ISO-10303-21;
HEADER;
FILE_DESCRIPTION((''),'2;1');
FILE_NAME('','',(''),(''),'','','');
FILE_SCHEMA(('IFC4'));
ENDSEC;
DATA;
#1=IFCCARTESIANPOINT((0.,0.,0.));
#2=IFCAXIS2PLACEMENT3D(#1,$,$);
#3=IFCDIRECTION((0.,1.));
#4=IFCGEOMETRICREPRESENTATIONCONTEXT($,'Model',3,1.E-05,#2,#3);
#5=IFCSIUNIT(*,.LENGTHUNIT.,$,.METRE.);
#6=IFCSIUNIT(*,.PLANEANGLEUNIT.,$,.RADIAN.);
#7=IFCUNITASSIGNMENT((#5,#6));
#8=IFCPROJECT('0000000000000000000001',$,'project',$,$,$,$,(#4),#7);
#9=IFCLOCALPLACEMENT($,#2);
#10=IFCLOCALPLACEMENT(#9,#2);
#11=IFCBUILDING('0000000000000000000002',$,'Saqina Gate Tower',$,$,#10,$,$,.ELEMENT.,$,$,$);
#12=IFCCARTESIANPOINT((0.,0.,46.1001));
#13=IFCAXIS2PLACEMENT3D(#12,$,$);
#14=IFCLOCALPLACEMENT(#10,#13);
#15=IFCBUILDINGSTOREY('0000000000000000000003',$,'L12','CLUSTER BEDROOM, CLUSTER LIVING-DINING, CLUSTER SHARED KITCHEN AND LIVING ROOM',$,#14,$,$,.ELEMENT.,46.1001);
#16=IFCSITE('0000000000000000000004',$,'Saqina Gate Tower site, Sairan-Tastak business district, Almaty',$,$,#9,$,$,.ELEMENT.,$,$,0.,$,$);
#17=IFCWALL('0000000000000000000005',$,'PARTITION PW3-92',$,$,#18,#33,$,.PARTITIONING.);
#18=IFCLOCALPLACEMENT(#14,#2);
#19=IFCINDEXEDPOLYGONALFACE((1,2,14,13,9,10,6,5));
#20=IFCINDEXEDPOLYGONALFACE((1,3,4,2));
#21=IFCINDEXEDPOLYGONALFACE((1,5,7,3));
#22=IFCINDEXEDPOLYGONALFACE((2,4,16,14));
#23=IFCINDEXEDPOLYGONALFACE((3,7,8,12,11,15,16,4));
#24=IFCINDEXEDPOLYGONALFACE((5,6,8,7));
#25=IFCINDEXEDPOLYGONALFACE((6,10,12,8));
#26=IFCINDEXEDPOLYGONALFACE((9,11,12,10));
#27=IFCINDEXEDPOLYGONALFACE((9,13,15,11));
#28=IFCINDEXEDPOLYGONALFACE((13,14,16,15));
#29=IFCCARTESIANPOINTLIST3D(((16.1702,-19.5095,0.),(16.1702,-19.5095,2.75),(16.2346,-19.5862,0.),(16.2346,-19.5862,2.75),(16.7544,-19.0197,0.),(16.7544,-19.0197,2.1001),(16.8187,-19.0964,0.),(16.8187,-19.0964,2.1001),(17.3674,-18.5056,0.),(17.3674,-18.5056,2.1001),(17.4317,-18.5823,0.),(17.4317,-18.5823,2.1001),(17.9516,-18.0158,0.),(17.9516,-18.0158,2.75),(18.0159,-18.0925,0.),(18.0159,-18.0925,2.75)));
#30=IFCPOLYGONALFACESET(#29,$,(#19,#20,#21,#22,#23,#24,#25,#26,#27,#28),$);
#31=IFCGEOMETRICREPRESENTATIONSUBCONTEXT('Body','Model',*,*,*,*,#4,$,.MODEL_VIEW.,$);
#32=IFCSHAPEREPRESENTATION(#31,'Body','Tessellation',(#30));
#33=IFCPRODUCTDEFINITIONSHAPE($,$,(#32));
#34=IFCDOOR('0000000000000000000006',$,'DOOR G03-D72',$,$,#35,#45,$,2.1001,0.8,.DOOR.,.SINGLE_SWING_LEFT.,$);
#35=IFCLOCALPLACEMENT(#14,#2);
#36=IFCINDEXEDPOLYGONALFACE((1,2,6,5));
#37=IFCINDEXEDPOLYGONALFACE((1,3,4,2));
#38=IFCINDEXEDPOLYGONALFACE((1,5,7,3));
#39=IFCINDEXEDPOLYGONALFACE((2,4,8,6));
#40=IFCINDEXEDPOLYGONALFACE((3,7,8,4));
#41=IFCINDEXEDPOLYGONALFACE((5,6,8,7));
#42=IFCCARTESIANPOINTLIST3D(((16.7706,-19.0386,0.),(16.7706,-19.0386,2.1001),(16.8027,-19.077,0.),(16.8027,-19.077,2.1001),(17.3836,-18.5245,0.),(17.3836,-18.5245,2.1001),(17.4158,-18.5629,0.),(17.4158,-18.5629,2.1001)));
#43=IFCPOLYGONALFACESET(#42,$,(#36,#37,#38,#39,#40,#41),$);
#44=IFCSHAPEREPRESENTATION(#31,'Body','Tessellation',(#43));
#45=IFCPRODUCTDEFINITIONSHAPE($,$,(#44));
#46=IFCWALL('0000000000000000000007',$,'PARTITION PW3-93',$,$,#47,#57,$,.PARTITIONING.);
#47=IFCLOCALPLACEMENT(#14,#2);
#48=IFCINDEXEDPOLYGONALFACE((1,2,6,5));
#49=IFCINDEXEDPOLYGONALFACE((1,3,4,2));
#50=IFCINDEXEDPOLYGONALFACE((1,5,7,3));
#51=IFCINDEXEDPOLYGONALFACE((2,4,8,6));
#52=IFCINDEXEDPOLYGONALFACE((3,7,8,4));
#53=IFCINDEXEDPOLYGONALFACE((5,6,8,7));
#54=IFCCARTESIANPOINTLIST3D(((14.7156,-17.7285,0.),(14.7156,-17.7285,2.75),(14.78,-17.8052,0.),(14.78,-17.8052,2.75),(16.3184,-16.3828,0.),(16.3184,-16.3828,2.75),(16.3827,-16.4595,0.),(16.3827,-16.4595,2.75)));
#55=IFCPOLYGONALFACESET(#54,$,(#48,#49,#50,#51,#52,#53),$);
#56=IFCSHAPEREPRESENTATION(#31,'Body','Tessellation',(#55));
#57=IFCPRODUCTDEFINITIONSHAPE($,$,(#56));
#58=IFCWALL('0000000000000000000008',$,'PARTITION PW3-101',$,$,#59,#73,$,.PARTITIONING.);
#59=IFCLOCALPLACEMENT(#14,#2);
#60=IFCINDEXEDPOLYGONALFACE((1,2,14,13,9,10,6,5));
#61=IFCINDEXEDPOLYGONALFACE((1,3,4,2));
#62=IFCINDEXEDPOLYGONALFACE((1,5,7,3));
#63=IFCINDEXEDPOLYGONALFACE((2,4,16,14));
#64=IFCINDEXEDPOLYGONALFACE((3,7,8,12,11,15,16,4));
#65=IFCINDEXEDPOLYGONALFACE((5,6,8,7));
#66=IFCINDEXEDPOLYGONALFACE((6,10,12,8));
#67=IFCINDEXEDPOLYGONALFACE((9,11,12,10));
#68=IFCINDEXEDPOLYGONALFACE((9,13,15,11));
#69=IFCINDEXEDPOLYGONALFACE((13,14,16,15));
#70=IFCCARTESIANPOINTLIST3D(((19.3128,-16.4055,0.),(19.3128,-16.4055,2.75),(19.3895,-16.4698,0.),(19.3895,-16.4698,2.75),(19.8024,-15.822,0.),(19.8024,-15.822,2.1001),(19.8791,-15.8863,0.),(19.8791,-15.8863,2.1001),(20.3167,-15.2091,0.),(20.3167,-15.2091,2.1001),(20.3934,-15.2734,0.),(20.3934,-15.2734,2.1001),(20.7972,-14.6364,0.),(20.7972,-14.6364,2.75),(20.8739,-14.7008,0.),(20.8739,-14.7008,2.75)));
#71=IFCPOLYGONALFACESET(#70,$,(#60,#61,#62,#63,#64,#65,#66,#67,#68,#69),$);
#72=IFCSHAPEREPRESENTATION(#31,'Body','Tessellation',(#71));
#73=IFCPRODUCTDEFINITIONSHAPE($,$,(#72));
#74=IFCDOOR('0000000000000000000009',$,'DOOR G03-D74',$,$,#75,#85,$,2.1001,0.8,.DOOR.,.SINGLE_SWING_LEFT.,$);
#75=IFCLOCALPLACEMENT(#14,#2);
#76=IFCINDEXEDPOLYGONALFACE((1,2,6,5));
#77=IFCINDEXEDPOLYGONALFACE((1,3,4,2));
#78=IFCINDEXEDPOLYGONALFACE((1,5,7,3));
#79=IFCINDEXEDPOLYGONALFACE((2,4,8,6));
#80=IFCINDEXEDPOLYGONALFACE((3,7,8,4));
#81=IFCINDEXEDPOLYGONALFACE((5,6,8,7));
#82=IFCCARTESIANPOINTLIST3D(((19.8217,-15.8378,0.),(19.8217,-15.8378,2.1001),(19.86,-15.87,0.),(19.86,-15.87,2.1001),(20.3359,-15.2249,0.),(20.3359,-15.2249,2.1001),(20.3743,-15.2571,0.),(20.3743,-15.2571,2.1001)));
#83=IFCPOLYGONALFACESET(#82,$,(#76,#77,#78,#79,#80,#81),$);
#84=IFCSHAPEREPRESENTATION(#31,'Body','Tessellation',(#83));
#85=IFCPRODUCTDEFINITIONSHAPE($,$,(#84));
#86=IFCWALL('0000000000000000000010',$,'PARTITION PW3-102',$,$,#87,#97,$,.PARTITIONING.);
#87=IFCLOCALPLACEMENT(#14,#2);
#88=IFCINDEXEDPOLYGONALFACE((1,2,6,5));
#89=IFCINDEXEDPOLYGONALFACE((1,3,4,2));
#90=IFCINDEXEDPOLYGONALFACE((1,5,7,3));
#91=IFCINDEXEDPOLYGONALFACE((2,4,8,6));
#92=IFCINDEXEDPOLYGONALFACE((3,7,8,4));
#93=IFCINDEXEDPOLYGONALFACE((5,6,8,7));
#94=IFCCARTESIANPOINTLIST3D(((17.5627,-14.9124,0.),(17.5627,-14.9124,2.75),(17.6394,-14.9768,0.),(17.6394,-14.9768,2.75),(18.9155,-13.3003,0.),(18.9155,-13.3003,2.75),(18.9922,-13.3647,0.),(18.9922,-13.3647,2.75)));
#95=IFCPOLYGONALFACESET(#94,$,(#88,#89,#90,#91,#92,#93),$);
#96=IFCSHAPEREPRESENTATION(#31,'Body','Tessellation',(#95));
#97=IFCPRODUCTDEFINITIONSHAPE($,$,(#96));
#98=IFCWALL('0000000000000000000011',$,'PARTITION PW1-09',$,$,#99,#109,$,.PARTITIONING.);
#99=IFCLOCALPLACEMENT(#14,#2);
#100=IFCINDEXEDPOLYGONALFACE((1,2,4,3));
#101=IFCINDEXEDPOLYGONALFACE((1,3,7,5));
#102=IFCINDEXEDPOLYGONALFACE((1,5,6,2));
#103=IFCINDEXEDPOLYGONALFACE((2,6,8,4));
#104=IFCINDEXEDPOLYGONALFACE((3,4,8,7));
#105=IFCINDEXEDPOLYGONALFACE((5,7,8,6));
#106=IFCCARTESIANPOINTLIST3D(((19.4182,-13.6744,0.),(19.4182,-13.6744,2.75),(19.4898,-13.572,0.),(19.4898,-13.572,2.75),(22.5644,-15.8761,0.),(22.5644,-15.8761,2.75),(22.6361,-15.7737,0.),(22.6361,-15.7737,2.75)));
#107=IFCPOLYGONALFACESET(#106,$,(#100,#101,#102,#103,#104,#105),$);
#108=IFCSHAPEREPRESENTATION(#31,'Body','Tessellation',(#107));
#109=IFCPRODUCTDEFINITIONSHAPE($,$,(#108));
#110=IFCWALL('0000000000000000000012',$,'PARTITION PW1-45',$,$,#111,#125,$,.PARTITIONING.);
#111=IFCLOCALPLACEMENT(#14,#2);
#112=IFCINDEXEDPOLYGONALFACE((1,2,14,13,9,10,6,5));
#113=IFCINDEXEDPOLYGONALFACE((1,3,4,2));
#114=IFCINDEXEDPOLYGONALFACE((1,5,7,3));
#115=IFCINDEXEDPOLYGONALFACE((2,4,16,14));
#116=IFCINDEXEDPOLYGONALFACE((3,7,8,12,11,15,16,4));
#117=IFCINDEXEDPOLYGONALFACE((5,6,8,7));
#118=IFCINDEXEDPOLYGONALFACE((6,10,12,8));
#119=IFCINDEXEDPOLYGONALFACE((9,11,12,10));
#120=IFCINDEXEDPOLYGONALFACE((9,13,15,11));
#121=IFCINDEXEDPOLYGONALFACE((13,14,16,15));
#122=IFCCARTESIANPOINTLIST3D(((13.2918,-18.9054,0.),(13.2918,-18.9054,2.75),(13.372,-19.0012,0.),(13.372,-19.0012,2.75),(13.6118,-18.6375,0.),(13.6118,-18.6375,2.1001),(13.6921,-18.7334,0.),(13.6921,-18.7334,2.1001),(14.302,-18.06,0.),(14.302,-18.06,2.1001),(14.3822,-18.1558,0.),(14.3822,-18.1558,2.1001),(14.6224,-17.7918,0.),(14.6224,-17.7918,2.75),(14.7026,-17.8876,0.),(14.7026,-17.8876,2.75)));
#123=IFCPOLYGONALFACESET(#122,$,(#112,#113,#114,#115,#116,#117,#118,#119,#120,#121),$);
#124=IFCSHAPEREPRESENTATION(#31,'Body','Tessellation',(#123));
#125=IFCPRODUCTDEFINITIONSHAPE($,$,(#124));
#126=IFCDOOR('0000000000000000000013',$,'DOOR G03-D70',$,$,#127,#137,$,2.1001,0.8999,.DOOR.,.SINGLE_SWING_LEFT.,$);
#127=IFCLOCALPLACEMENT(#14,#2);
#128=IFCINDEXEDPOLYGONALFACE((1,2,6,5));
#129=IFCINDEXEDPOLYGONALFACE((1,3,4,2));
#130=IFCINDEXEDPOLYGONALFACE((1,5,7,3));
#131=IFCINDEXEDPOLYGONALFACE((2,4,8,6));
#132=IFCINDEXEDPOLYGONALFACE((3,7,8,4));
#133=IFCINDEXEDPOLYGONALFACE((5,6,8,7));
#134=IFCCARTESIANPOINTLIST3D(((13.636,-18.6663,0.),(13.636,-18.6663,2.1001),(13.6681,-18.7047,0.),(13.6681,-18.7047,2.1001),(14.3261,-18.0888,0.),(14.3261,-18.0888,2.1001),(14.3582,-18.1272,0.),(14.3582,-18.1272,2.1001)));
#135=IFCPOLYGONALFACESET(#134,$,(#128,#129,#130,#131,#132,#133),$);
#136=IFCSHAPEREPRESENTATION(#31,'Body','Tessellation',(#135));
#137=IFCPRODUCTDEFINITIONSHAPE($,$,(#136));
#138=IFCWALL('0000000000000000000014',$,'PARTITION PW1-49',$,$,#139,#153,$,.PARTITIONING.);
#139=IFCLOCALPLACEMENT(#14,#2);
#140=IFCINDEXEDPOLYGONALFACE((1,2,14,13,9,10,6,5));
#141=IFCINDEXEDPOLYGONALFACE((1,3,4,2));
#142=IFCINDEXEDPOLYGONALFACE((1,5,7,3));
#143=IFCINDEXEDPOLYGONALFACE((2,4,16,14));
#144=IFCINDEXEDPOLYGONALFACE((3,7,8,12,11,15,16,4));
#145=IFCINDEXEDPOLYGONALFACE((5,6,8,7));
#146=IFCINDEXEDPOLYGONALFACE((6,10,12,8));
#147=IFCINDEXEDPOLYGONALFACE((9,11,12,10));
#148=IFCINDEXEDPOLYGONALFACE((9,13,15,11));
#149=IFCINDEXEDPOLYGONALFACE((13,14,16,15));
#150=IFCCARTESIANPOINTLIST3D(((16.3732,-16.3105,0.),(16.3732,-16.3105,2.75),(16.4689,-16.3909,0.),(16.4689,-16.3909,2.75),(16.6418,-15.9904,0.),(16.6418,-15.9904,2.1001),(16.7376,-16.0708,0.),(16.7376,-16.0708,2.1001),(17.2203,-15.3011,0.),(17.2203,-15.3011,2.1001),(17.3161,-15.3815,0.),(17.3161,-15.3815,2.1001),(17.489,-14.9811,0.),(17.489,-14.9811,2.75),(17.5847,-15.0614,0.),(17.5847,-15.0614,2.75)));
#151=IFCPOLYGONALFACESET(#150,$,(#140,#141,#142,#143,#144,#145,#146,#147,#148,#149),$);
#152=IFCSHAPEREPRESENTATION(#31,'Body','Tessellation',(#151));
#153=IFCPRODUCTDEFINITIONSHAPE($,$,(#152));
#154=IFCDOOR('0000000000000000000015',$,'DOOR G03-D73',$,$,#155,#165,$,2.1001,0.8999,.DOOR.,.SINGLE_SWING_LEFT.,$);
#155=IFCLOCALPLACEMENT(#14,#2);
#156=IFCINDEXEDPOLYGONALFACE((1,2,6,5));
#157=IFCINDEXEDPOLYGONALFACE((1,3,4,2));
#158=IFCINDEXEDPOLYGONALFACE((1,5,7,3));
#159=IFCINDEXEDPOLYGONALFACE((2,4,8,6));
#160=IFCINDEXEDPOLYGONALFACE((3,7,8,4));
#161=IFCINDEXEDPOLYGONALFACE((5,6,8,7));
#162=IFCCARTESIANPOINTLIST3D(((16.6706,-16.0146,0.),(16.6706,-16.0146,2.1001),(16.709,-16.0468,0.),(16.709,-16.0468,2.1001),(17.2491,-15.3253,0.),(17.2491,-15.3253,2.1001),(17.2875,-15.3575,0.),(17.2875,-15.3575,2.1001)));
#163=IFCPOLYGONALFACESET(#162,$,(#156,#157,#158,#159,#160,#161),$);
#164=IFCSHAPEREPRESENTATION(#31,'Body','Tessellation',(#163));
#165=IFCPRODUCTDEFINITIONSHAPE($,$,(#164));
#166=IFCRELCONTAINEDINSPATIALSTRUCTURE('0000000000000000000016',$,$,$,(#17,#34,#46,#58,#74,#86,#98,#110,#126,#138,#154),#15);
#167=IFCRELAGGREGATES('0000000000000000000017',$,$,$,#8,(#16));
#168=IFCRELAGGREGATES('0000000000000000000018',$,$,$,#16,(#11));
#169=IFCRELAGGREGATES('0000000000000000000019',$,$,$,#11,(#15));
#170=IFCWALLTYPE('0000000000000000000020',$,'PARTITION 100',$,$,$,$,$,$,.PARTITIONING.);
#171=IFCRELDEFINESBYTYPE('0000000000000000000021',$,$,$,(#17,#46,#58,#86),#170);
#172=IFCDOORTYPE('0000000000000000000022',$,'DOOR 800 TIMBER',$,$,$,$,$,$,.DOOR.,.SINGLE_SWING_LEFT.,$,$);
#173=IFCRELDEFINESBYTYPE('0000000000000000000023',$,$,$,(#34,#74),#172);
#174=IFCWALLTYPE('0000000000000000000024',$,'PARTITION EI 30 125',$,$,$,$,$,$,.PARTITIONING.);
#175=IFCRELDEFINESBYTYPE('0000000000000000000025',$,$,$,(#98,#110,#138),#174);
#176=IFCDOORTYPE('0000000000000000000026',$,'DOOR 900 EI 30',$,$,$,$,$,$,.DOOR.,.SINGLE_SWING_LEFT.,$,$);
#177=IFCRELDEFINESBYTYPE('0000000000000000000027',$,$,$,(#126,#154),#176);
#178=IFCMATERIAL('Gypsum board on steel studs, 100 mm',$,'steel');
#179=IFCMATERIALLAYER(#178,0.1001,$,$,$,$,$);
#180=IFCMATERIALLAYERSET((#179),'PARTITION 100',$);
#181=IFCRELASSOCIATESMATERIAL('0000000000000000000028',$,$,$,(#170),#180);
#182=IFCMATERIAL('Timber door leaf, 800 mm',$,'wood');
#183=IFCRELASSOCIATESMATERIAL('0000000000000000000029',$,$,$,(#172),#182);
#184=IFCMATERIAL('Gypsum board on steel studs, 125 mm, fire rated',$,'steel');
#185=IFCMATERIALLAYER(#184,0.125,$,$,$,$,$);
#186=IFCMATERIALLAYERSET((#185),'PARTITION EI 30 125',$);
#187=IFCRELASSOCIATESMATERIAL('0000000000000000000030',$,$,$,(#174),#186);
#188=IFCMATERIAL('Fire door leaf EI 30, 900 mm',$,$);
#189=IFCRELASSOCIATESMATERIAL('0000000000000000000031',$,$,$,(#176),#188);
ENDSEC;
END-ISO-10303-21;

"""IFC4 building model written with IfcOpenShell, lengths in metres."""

from ifc_helpers import new_model, si_unit, direction, frame, frame_2d, origin, place, context, subcontext, project, spatial, rectangle, extrude, material, layer, layer_set, type_object, element, fill, save


model = new_model("IFC4")

# Units and contexts
model_context = context("Model", 3, precision=1e-05, world=origin(), true_north=direction((0.0, 1.0)))
body_context = subcontext(model_context, "Body", "Model", "MODEL_VIEW")
ifc_project = project(units=[si_unit("LENGTHUNIT", "METRE"), si_unit("PLANEANGLEUNIT", "RADIAN")], contexts=[model_context])

# Site, building, storey
site_placement = place(None, origin())
site = spatial("IfcSite", under=ifc_project, at=site_placement, Name="Saqina Gate Tower site, Sairan-Tastak business district, Almaty", CompositionType="ELEMENT", RefElevation=0.0)
building_placement = place(site_placement, origin())
building = spatial("IfcBuilding", under=site, at=building_placement, Name="Saqina Gate Tower", CompositionType="ELEMENT")
storey_placement = place(building_placement, frame((0.0, 0.0, 46.1001)))
storey = spatial("IfcBuildingStorey", under=building, at=storey_placement, Name="L12", Description="CLUSTER BEDROOM, CLUSTER LIVING-DINING, CLUSTER SHARED KITCHEN AND LIVING ROOM", CompositionType="ELEMENT", Elevation=46.1001)

# Shared definitions
ifc_material_1 = material(Name="Gypsum board on steel studs, 100 mm", Category="steel")
ifc_layer_1 = layer(ifc_material_1, 0.1001)
ifc_layer_set_1 = layer_set([ifc_layer_1], Name="PARTITION 100")
wall_type_1 = type_object("IfcWallType", Name="PARTITION 100", PredefinedType="PARTITIONING", material=ifc_layer_set_1)

# Wall, opening, door
wall_1_placement = place(storey_placement, frame((16.2024, -19.5479, 0.0), z_axis=(0.0, 0.0, 1.0), x_axis=(0.766255, 0.642537, 0.0)))
wall_1 = element("IfcWall", 1, at=wall_1_placement, inside=storey, type_object=wall_type_1, Name="PARTITION PW3-92", PredefinedType="PARTITIONING", context=body_context, shape_type="SweptSolid", body=[
    extrude(rectangle(XDim=2.3247, YDim=0.1001, at=frame_2d((1.1624, 0.0))), origin(), (0.0, 0.0, 1.0), 2.75),
])
opening_1_placement = place(wall_1_placement, frame((0.7625, 0.0, 0.0)))
opening_1 = element("IfcOpeningElement", 2, at=opening_1_placement, cuts=wall_1, PredefinedType="OPENING", context=body_context, shape_type="SweptSolid", body=[
    extrude(rectangle(XDim=0.8, YDim=2.1001, at=frame_2d((0.3999, 1.05))), frame((0.0, 0.062, 0.0), z_axis=(0.0, -1.0, 0.0), x_axis=(1.0, 0.0, 0.0)), (0.0, 0.0, 1.0), 0.124),
])
ifc_material_2 = material(Name="Timber door leaf, 800 mm", Category="wood")
door_type_1 = type_object("IfcDoorType", Name="DOOR 800 TIMBER", OperationType="SINGLE_SWING_LEFT", PredefinedType="DOOR", material=ifc_material_2)
door_1_placement = place(opening_1_placement, frame((0.8, 0.0, 0.0), z_axis=(0.0, 0.0, 1.0), x_axis=(-1.0, 0.0, 0.0)))
door_1 = element("IfcDoor", 3, at=door_1_placement, inside=storey, type_object=door_type_1, Name="DOOR G03-D72", OperationType="SINGLE_SWING_LEFT", OverallHeight=2.1001, OverallWidth=0.8, PredefinedType="DOOR", context=body_context, shape_type="SweptSolid", body=[
    extrude(rectangle(XDim=0.8, YDim=2.1001, at=frame_2d((0.3999, 1.05))), frame((0.0, 0.0249, 0.0), z_axis=(0.0, -1.0, 0.0), x_axis=(1.0, 0.0, 0.0)), (0.0, 0.0, 1.0), 0.05),
])
fill(opening_1, door_1)

# Wall
wall_2_placement = place(storey_placement, frame((14.7478, -17.7668, 0.0), z_axis=(0.0, 0.0, 1.0), x_axis=(0.765854, 0.643014, 0.0)))
element("IfcWall", 4, at=wall_2_placement, inside=storey, type_object=wall_type_1, Name="PARTITION PW3-93", PredefinedType="PARTITIONING", context=body_context, shape_type="SweptSolid", body=[
    extrude(rectangle(XDim=2.0928, YDim=0.1001, at=frame_2d((1.0464, 0.0))), origin(), (0.0, 0.0, 1.0), 2.75),
])

# Wall, opening, door
wall_3_placement = place(storey_placement, frame((19.3511, -16.4377, 0.0), z_axis=(0.0, 0.0, 1.0), x_axis=(0.64278, 0.76605, 0.0)))
wall_3 = element("IfcWall", 5, at=wall_3_placement, inside=storey, type_object=wall_type_1, Name="PARTITION PW3-101", PredefinedType="PARTITIONING", context=body_context, shape_type="SweptSolid", body=[
    extrude(rectangle(XDim=2.3093, YDim=0.1001, at=frame_2d((1.1548, 0.0))), origin(), (0.0, 0.0, 1.0), 2.75),
])
opening_2_placement = place(wall_3_placement, frame((0.762, 0.0, 0.0)))
opening_2 = element("IfcOpeningElement", 6, at=opening_2_placement, cuts=wall_3, PredefinedType="OPENING", context=body_context, shape_type="SweptSolid", body=[
    extrude(rectangle(XDim=0.8, YDim=2.1001, at=frame_2d((0.3999, 1.05))), frame((0.0, 0.062, 0.0), z_axis=(0.0, -1.0, 0.0), x_axis=(1.0, 0.0, 0.0)), (0.0, 0.0, 1.0), 0.124),
])
door_2_placement = place(opening_2_placement, frame((0.8, 0.0, 0.0), z_axis=(0.0, 0.0, 1.0), x_axis=(-1.0, 0.0, 0.0)))
door_2 = element("IfcDoor", 7, at=door_2_placement, inside=storey, type_object=door_type_1, Name="DOOR G03-D74", OperationType="SINGLE_SWING_LEFT", OverallHeight=2.1001, OverallWidth=0.8, PredefinedType="DOOR", context=body_context, shape_type="SweptSolid", body=[
    extrude(rectangle(XDim=0.8, YDim=2.1001, at=frame_2d((0.3999, 1.05))), frame((0.0, 0.0249, 0.0), z_axis=(0.0, -1.0, 0.0), x_axis=(1.0, 0.0, 0.0)), (0.0, 0.0, 1.0), 0.05),
])
fill(opening_2, door_2)

# Walls
wall_4_placement = place(storey_placement, frame((17.6011, -14.9446, 0.0), z_axis=(0.0, 0.0, 1.0), x_axis=(0.642817, 0.76602, 0.0)))
element("IfcWall", 8, at=wall_4_placement, inside=storey, type_object=wall_type_1, Name="PARTITION PW3-102", PredefinedType="PARTITIONING", context=body_context, shape_type="SweptSolid", body=[
    extrude(rectangle(XDim=2.1045, YDim=0.1001, at=frame_2d((1.0522, 0.0))), origin(), (0.0, 0.0, 1.0), 2.75),
])
ifc_material_3 = material(Name="Gypsum board on steel studs, 125 mm, fire rated", Category="steel")
ifc_layer_2 = layer(ifc_material_3, 0.125)
ifc_layer_set_2 = layer_set([ifc_layer_2], Name="PARTITION EI 30 125")
wall_type_2 = type_object("IfcWallType", Name="PARTITION EI 30 125", PredefinedType="PARTITIONING", material=ifc_layer_set_2)
wall_5_placement = place(storey_placement, frame((19.4541, -13.6233, 0.0), z_axis=(0.0, 0.0, 1.0), x_axis=(0.819319, -0.573339, 0.0)))
element("IfcWall", 9, at=wall_5_placement, inside=storey, type_object=wall_type_2, Name="PARTITION PW1-09", PredefinedType="PARTITIONING", context=body_context, shape_type="SweptSolid", body=[
    extrude(rectangle(XDim=3.8401, YDim=0.125, at=frame_2d((1.9199, 0.0))), origin(), (0.0, 0.0, 1.0), 2.75),
])

# Walls, openings, doors
wall_6_placement = place(storey_placement, frame((13.3318, -18.9534, 0.0), z_axis=(0.0, 0.0, 1.0), x_axis=(0.766882, 0.641789, 0.0)))
wall_6 = element("IfcWall", 10, at=wall_6_placement, inside=storey, type_object=wall_type_2, Name="PARTITION PW1-45", PredefinedType="PARTITIONING", context=body_context, shape_type="SweptSolid", body=[
    extrude(rectangle(XDim=1.7351, YDim=0.125, at=frame_2d((0.8677, 0.0))), origin(), (0.0, 0.0, 1.0), 2.75),
])
opening_3_placement = place(wall_6_placement, frame((0.4175, 0.0, 0.0)))
opening_3 = element("IfcOpeningElement", 11, at=opening_3_placement, cuts=wall_6, PredefinedType="OPENING", context=body_context, shape_type="SweptSolid", body=[
    extrude(rectangle(XDim=0.8999, YDim=2.1001, at=frame_2d((0.45, 1.05))), frame((0.0, 0.0745, 0.0), z_axis=(0.0, -1.0, 0.0), x_axis=(1.0, 0.0, 0.0)), (0.0, 0.0, 1.0), 0.1489),
])
ifc_material_4 = material(Name="Fire door leaf EI 30, 900 mm")
door_type_2 = type_object("IfcDoorType", Name="DOOR 900 EI 30", OperationType="SINGLE_SWING_LEFT", PredefinedType="DOOR", material=ifc_material_4)
door_3_placement = place(opening_3_placement, origin())
door_3 = element("IfcDoor", 12, at=door_3_placement, inside=storey, type_object=door_type_2, Name="DOOR G03-D70", OperationType="SINGLE_SWING_LEFT", OverallHeight=2.1001, OverallWidth=0.8999, PredefinedType="DOOR", context=body_context, shape_type="SweptSolid", body=[
    extrude(rectangle(XDim=0.8999, YDim=2.1001, at=frame_2d((0.45, 1.05))), frame((0.0, 0.0249, 0.0), z_axis=(0.0, -1.0, 0.0), x_axis=(1.0, 0.0, 0.0)), (0.0, 0.0, 1.0), 0.05),
])
fill(opening_3, door_3)
wall_7_placement = place(storey_placement, frame((16.4211, -16.3506, 0.0), z_axis=(0.0, 0.0, 1.0), x_axis=(0.642879, 0.765968, 0.0)))
wall_7 = element("IfcWall", 13, at=wall_7_placement, inside=storey, type_object=wall_type_2, Name="PARTITION PW1-49", PredefinedType="PARTITIONING", context=body_context, shape_type="SweptSolid", body=[
    extrude(rectangle(XDim=1.7356, YDim=0.125, at=frame_2d((0.8677, 0.0))), origin(), (0.0, 0.0, 1.0), 2.75),
])
opening_4_placement = place(wall_7_placement, frame((0.4177, 0.0, 0.0)))
opening_4 = element("IfcOpeningElement", 14, at=opening_4_placement, cuts=wall_7, PredefinedType="OPENING", context=body_context, shape_type="SweptSolid", body=[
    extrude(rectangle(XDim=0.8999, YDim=2.1001, at=frame_2d((0.45, 1.05))), frame((0.0, 0.0745, 0.0), z_axis=(0.0, -1.0, 0.0), x_axis=(1.0, 0.0, 0.0)), (0.0, 0.0, 1.0), 0.1489),
])
door_4_placement = place(opening_4_placement, origin())
door_4 = element("IfcDoor", 15, at=door_4_placement, inside=storey, type_object=door_type_2, Name="DOOR G03-D73", OperationType="SINGLE_SWING_LEFT", OverallHeight=2.1001, OverallWidth=0.8999, PredefinedType="DOOR", context=body_context, shape_type="SweptSolid", body=[
    extrude(rectangle(XDim=0.8999, YDim=2.1001, at=frame_2d((0.45, 1.05))), frame((0.0, 0.0249, 0.0), z_axis=(0.0, -1.0, 0.0), x_axis=(1.0, 0.0, 0.0)), (0.0, 0.0, 1.0), 0.05),
])
fill(opening_4, door_4)

save(model, "model.ifc")
